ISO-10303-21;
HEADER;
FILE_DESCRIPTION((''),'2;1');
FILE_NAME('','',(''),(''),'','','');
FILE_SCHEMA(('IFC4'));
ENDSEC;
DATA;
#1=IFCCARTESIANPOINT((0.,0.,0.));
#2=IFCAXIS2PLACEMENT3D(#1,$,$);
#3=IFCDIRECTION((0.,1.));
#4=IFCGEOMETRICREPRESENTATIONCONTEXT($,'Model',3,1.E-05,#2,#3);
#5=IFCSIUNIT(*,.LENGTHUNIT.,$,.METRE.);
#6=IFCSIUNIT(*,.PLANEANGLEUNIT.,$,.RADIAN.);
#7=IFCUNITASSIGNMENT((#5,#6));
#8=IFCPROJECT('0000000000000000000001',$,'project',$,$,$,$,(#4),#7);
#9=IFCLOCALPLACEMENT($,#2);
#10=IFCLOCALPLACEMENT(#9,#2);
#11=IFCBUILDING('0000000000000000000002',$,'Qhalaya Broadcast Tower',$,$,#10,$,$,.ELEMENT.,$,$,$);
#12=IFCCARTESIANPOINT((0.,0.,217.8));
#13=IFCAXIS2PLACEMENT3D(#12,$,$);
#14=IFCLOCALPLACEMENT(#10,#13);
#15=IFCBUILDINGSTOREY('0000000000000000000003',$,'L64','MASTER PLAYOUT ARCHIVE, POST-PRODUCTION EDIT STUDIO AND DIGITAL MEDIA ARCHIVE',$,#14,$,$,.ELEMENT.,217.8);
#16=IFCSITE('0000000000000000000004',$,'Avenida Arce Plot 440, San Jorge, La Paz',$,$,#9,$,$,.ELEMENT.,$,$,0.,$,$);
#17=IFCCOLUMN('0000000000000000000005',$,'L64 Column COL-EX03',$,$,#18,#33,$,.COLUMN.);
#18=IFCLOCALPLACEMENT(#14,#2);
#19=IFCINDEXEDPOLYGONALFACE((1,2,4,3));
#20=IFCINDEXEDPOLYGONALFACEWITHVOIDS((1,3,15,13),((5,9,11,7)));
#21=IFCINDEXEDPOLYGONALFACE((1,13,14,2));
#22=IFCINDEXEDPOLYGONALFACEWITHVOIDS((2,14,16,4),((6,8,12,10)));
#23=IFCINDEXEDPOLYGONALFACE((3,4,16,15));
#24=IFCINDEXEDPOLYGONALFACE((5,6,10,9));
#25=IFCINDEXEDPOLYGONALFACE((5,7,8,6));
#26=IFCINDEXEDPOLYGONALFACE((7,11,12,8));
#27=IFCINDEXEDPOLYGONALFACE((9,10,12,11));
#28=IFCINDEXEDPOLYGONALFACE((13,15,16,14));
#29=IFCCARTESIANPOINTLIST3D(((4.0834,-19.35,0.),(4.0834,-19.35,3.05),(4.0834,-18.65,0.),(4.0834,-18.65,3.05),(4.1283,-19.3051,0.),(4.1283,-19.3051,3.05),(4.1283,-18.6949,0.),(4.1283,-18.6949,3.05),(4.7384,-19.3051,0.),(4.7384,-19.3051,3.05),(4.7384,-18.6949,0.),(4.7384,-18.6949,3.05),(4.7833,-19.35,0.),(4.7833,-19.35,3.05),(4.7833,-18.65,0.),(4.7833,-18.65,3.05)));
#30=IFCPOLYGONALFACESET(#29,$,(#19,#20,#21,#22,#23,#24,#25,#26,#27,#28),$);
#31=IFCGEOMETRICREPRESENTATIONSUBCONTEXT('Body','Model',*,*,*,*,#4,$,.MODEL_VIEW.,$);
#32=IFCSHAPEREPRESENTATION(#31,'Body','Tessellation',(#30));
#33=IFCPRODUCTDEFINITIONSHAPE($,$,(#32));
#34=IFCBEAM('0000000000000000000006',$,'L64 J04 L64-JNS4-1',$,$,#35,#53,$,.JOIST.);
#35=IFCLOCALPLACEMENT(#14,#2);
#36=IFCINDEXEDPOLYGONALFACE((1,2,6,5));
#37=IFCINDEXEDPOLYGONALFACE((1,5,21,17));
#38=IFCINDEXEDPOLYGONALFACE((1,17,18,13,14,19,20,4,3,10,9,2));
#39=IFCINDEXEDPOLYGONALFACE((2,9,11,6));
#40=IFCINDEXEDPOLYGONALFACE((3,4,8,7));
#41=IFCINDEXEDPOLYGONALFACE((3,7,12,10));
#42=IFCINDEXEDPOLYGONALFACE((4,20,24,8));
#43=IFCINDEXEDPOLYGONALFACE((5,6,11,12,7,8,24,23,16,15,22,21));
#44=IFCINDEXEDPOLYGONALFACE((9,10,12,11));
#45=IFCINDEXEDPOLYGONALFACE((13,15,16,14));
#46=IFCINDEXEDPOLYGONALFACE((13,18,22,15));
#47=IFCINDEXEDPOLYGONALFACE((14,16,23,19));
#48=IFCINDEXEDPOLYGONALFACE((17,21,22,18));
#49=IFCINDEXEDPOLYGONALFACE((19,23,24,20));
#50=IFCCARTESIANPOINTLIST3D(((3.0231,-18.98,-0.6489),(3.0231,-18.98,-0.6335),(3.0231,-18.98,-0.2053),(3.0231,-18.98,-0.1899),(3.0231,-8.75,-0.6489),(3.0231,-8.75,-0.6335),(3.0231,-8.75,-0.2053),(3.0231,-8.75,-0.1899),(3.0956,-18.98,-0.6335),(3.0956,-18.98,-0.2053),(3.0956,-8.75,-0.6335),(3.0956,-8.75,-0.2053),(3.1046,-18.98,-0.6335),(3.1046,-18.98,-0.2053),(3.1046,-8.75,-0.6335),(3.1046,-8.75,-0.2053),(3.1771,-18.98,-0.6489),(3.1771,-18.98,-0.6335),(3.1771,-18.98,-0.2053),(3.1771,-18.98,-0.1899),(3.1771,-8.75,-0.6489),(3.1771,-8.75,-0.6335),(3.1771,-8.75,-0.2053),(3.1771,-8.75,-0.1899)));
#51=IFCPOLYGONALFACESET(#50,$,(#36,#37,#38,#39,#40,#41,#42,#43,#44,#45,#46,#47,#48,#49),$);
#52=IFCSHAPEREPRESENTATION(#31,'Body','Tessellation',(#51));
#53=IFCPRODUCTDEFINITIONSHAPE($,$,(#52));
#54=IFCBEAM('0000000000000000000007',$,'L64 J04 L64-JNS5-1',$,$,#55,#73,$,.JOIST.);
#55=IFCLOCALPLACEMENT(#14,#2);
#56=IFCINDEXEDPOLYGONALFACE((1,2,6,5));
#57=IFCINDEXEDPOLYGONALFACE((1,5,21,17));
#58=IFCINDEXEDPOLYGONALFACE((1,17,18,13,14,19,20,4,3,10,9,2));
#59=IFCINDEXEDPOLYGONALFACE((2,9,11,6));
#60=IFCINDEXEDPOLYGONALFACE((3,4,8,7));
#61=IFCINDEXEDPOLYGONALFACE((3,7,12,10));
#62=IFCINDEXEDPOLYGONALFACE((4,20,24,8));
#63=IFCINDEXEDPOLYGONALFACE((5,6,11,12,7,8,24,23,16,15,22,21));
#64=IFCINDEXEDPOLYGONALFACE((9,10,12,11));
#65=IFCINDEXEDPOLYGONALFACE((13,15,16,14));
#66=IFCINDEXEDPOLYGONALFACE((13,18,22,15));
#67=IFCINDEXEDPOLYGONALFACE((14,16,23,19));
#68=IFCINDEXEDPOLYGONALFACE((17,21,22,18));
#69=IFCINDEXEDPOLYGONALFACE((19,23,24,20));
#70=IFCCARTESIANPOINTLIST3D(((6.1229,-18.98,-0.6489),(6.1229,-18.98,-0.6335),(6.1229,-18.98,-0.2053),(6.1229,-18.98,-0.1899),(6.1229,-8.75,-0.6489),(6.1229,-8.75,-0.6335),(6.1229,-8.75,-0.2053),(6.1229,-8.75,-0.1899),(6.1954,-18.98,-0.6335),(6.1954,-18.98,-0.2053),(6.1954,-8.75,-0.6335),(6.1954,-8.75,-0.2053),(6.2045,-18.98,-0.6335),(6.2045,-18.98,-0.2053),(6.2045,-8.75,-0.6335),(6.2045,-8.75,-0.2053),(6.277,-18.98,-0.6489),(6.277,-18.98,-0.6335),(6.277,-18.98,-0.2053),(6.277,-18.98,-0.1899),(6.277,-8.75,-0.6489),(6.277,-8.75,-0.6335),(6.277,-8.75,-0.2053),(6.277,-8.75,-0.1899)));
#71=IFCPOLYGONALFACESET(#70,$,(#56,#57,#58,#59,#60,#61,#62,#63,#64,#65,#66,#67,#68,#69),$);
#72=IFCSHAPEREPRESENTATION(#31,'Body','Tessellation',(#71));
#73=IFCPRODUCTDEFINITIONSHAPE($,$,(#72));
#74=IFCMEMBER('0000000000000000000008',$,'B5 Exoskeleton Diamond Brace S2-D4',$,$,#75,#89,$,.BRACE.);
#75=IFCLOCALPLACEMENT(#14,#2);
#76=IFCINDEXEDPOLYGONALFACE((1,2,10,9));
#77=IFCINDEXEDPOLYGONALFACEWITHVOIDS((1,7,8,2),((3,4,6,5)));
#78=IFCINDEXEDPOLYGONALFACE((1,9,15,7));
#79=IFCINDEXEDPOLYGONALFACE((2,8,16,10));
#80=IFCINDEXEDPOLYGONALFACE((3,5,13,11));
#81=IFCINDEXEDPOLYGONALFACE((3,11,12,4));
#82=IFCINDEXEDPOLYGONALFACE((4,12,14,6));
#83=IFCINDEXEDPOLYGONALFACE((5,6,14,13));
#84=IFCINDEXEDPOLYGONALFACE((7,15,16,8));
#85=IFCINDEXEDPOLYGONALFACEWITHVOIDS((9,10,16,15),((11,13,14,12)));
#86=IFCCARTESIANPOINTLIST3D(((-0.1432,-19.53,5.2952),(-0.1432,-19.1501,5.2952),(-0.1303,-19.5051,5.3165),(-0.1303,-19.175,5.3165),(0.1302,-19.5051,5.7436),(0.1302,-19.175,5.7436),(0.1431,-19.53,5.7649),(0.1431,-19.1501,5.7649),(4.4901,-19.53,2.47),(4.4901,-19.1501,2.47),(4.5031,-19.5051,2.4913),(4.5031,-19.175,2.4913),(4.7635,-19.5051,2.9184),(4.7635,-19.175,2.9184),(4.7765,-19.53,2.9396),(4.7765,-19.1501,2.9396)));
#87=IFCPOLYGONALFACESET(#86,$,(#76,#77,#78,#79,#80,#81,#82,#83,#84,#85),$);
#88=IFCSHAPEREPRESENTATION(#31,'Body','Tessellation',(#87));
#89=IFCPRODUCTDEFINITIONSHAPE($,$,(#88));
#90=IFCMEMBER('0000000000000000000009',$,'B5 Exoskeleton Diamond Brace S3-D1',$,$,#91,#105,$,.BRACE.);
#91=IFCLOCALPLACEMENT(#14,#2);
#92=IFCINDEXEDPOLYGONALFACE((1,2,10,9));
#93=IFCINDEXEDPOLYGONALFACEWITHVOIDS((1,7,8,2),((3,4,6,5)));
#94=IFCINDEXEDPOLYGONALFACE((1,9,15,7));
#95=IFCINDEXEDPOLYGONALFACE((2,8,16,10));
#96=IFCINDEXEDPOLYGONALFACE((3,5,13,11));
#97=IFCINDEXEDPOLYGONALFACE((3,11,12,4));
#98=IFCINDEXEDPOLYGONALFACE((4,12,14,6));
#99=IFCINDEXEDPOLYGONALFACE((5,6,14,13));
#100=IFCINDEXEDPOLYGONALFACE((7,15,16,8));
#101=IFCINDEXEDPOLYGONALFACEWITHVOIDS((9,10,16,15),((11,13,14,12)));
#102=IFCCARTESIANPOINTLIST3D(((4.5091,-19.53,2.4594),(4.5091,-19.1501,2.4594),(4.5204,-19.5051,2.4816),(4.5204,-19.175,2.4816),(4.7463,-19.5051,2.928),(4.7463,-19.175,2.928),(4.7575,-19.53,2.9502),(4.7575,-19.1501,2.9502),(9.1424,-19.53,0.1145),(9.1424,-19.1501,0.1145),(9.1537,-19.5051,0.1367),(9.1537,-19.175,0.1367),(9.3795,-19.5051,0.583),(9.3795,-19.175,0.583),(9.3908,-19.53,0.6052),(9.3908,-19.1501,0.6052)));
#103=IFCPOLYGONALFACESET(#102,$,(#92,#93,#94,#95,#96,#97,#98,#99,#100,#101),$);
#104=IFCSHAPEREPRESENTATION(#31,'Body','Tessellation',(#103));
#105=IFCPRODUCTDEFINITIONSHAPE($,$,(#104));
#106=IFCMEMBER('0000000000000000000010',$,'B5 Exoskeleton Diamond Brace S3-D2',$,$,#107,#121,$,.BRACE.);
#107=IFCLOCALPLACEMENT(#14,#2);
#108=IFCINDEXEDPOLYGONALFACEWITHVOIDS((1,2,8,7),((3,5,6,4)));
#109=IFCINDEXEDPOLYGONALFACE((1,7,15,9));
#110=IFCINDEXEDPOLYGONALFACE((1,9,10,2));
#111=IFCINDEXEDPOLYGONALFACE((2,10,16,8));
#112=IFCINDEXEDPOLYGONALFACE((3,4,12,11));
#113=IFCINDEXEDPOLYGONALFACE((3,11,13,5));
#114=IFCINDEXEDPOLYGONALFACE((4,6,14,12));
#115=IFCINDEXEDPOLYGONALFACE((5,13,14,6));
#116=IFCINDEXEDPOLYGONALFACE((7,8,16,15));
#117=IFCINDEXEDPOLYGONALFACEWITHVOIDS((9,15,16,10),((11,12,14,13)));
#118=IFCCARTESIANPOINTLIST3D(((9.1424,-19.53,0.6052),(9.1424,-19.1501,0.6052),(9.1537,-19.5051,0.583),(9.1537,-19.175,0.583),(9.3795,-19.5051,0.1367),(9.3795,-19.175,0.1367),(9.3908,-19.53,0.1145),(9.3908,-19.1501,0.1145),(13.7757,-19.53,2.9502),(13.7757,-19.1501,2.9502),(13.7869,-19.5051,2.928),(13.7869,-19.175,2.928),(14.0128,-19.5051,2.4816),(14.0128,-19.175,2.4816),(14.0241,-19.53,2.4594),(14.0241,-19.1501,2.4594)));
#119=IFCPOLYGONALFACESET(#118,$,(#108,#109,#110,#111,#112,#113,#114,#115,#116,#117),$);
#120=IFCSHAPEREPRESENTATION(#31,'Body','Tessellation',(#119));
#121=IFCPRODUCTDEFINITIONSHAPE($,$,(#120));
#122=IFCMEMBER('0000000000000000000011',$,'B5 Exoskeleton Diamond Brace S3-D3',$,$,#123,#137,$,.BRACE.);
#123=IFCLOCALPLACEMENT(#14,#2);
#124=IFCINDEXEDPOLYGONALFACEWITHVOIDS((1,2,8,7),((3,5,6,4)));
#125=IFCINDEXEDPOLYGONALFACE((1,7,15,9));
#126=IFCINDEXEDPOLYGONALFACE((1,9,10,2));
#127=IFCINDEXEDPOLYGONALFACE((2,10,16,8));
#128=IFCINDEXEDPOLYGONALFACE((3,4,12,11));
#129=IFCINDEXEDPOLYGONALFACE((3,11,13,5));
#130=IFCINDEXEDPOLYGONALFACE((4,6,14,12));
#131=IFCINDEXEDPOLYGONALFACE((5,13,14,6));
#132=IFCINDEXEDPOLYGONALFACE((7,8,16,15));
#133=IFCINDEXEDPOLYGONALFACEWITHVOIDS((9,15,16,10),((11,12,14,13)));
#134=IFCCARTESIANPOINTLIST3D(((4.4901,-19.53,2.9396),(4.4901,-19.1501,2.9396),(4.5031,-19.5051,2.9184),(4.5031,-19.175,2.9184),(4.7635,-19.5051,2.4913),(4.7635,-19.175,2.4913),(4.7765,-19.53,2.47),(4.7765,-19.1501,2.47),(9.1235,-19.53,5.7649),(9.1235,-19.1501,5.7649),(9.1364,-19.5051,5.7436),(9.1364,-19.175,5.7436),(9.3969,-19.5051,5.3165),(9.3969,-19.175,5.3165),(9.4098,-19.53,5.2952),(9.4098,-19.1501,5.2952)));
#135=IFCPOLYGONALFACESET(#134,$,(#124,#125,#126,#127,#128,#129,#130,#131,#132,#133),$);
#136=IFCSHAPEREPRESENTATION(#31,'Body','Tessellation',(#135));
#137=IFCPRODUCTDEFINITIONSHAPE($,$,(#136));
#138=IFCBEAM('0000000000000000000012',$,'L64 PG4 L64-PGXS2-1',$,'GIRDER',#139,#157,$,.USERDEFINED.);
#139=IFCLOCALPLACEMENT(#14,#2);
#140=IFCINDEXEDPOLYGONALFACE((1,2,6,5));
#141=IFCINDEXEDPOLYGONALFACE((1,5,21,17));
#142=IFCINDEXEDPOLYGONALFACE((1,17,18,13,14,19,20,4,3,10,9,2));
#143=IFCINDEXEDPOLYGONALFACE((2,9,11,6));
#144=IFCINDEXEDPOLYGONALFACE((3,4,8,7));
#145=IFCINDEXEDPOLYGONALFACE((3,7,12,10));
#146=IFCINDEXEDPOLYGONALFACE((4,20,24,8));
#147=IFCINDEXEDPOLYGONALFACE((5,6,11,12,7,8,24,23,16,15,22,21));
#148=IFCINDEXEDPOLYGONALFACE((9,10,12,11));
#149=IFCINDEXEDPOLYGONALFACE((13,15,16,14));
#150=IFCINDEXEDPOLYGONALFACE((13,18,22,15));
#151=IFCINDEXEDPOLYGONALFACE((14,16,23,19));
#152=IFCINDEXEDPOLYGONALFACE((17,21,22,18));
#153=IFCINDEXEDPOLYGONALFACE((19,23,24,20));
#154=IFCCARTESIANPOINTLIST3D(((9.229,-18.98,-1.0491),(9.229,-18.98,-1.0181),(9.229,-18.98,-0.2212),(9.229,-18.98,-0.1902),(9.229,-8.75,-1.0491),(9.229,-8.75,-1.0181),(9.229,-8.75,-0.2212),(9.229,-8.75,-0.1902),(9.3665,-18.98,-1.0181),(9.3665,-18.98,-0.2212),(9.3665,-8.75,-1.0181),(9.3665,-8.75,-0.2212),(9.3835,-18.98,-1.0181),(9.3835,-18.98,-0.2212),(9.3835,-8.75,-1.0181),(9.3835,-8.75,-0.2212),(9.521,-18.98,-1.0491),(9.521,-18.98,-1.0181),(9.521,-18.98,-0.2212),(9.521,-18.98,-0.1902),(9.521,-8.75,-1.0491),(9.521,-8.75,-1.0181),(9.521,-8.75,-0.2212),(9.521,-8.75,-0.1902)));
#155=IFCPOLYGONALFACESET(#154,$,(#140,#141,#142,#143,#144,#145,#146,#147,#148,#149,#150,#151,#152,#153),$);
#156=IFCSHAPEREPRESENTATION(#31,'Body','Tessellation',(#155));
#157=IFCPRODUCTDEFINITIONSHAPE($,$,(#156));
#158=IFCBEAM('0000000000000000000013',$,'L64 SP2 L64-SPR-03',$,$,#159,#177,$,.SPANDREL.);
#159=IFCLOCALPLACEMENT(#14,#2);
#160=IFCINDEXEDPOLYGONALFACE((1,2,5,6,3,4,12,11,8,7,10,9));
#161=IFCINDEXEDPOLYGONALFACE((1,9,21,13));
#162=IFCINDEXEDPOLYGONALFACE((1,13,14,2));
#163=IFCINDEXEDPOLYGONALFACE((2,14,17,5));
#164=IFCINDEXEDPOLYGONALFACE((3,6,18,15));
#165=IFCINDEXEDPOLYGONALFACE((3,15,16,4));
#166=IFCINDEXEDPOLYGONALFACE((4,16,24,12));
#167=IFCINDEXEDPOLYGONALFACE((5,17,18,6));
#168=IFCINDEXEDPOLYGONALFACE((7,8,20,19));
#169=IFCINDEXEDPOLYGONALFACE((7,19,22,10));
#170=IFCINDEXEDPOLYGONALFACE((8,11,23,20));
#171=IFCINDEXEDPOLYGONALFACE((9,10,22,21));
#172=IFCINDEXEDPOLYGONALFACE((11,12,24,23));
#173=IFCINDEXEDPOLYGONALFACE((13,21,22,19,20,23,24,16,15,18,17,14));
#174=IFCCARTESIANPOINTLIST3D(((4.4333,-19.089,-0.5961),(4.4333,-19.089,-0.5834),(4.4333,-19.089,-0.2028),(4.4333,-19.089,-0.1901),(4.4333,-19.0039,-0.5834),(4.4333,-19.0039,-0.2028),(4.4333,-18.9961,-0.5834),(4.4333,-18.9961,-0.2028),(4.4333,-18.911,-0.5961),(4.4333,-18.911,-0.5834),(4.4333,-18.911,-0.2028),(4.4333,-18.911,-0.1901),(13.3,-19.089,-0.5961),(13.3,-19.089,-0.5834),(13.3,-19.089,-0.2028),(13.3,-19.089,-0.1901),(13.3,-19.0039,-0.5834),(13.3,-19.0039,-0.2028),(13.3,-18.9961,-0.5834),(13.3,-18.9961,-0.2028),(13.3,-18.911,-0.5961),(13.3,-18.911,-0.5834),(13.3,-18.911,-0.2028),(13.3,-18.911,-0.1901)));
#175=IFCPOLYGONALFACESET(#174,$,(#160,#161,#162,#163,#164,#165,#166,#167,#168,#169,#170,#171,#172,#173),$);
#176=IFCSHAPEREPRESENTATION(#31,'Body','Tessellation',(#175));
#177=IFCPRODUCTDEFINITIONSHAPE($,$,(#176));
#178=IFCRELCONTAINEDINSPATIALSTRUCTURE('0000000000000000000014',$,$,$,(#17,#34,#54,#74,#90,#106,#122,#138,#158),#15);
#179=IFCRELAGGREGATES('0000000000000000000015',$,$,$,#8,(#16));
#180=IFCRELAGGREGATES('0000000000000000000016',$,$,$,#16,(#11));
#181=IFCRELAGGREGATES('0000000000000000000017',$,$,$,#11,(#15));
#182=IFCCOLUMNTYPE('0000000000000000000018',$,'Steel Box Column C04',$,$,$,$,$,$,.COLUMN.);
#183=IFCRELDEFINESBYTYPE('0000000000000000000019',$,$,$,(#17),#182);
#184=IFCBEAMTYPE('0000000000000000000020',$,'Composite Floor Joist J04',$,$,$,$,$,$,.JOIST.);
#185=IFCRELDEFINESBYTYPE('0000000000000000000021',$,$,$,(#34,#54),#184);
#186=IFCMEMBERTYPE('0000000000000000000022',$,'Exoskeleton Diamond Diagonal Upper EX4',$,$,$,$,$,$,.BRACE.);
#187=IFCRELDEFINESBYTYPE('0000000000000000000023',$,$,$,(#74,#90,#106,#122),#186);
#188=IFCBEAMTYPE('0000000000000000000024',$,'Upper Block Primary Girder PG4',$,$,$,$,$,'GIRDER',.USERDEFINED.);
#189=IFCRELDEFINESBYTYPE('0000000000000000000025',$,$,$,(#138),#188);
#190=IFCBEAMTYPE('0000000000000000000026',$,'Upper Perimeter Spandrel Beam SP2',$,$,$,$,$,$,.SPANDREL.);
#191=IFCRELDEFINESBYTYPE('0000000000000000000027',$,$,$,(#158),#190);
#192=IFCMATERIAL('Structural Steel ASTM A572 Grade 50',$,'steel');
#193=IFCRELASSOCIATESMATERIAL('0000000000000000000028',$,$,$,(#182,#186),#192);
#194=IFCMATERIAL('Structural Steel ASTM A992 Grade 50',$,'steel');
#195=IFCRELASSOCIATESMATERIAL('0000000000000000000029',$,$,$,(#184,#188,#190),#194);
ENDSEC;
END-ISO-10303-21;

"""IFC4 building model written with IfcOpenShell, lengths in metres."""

from ifc_helpers import new_model, si_unit, direction, frame, origin, origin_2d, place, context, subcontext, project, spatial, hollow_rectangle, i_section, extrude, material, material_profile, profile_set, type_object, element, save


model = new_model("IFC4")

# Units and contexts
model_context = context("Model", 3, precision=1e-05, world=origin(), true_north=direction((0.0, 1.0)))
body_context = subcontext(model_context, "Body", "Model", "MODEL_VIEW")
ifc_project = project(units=[si_unit("LENGTHUNIT", "METRE"), si_unit("PLANEANGLEUNIT", "RADIAN")], contexts=[model_context])

# Site, building, storey
site_placement = place(None, origin())
site = spatial("IfcSite", under=ifc_project, at=site_placement, Name="Avenida Arce Plot 440, San Jorge, La Paz", CompositionType="ELEMENT", RefElevation=0.0)
building_placement = place(site_placement, origin())
building = spatial("IfcBuilding", under=site, at=building_placement, Name="Qhalaya Broadcast Tower", CompositionType="ELEMENT")
storey_placement = place(building_placement, frame((0.0, 0.0, 217.8)))
storey = spatial("IfcBuildingStorey", under=building, at=storey_placement, Name="L64", Description="MASTER PLAYOUT ARCHIVE, POST-PRODUCTION EDIT STUDIO AND DIGITAL MEDIA ARCHIVE", CompositionType="ELEMENT", Elevation=217.8)

# Column
ifc_material_1 = material(Name="Structural Steel ASTM A572 Grade 50", Category="steel")
ifc_material_profile_1 = material_profile(ifc_material_1, hollow_rectangle(XDim=0.7, YDim=0.7, WallThickness=0.0449, at=origin_2d()), Name="BOX 700x700x45")
ifc_profile_set_1 = profile_set([ifc_material_profile_1], Name="Structural Steel ASTM A572 Grade 50")
column_type = type_object("IfcColumnType", Name="Steel Box Column C04", PredefinedType="COLUMN", material=ifc_profile_set_1)
column_placement = place(storey_placement, frame((4.4333, -19.0, 0.0), z_axis=(0.0, 0.0, 1.0), x_axis=(1.0, 0.0, 0.0)))
element("IfcColumn", 1, at=column_placement, inside=storey, type_object=column_type, Name="L64 Column COL-EX03", PredefinedType="COLUMN", context=body_context, shape_type="SweptSolid", body=[
    extrude(hollow_rectangle(XDim=0.7, YDim=0.7, WallThickness=0.0449, at=origin_2d()), origin(), (0.0, 0.0, 1.0), 3.05),
])

# Beams
ifc_material_2 = material(Name="Structural Steel ASTM A992 Grade 50", Category="steel")
ifc_material_profile_2 = material_profile(ifc_material_2, i_section(OverallWidth=0.1541, OverallDepth=0.459, WebThickness=0.009, FlangeThickness=0.0154, at=origin_2d()), Name="W18X46")
ifc_profile_set_2 = profile_set([ifc_material_profile_2], Name="Structural Steel ASTM A992 Grade 50")
beam_type_1 = type_object("IfcBeamType", Name="Composite Floor Joist J04", PredefinedType="JOIST", material=ifc_profile_set_2)
for number, where, z_axis, x_axis, name in (
    (2, (3.1001, -18.98, -0.4194), (0.0, 1.0, 0.0), (-1.0, 0.0, 0.0), "L64 J04 L64-JNS4-1"),
    (3, (6.2, -18.98, -0.4194), (0.0, 1.0, 0.0), (-1.0, 0.0, 0.0), "L64 J04 L64-JNS5-1"),
):
    element("IfcBeam", number, at=place(storey_placement, frame(where, z_axis=z_axis, x_axis=x_axis)), inside=storey, type_object=beam_type_1, Name=name, PredefinedType="JOIST", context=body_context, shape_type="SweptSolid", body=[
        extrude(i_section(OverallWidth=0.1541, OverallDepth=0.459, WebThickness=0.009, FlangeThickness=0.0154, at=origin_2d()), origin(), (0.0, 0.0, 1.0), 10.23),
    ])

# Members
ifc_material_profile_3 = material_profile(ifc_material_1, hollow_rectangle(XDim=0.3799, YDim=0.55, WallThickness=0.0249, at=origin_2d()), Name="BOX 380x550x25")
ifc_profile_set_3 = profile_set([ifc_material_profile_3], Name="Structural Steel ASTM A572 Grade 50")
member_type = type_object("IfcMemberType", Name="Exoskeleton Diamond Diagonal Upper EX4", PredefinedType="BRACE", material=ifc_profile_set_3)
member_1_placement = place(storey_placement, frame((4.6333, -19.3401, 2.7048), z_axis=(-0.853795, 0.0, 0.520609), x_axis=(0.0, -1.0, 0.0)))
element("IfcMember", 4, at=member_1_placement, inside=storey, type_object=member_type, Name="B5 Exoskeleton Diamond Brace S2-D4", PredefinedType="BRACE", context=body_context, shape_type="SweptSolid", body=[
    extrude(hollow_rectangle(XDim=0.3799, YDim=0.55, WallThickness=0.0249, at=origin_2d()), origin(), (0.0, 0.0, 1.0), 5.4268),
])
for number, where, z_axis, x_axis, name in (
    (5, (9.2666, -19.3401, 0.3599), (-0.892235, 0.0, 0.451571), (0.0, -1.0, 0.0), "B5 Exoskeleton Diamond Brace S3-D1"),
    (6, (9.2666, -19.3401, 0.3599), (0.892235, 0.0, 0.451571), (0.0, 1.0, 0.0), "B5 Exoskeleton Diamond Brace S3-D2"),
):
    element("IfcMember", number, at=place(storey_placement, frame(where, z_axis=z_axis, x_axis=x_axis)), inside=storey, type_object=member_type, Name=name, PredefinedType="BRACE", context=body_context, shape_type="SweptSolid", body=[
        extrude(hollow_rectangle(XDim=0.3799, YDim=0.55, WallThickness=0.0249, at=origin_2d()), origin(), (0.0, 0.0, 1.0), 5.1929),
    ])
member_2_placement = place(storey_placement, frame((4.6333, -19.3401, 2.7048), z_axis=(0.853795, 0.0, 0.520609), x_axis=(0.0, 1.0, 0.0)))
element("IfcMember", 7, at=member_2_placement, inside=storey, type_object=member_type, Name="B5 Exoskeleton Diamond Brace S3-D3", PredefinedType="BRACE", context=body_context, shape_type="SweptSolid", body=[
    extrude(hollow_rectangle(XDim=0.3799, YDim=0.55, WallThickness=0.0249, at=origin_2d()), origin(), (0.0, 0.0, 1.0), 5.4268),
])

# Beams
ifc_material_profile_4 = material_profile(ifc_material_2, i_section(OverallWidth=0.292, OverallDepth=0.8589, WebThickness=0.0171, FlangeThickness=0.031, at=origin_2d()), Name="W33X169")
ifc_profile_set_4 = profile_set([ifc_material_profile_4], Name="Structural Steel ASTM A992 Grade 50")
beam_type_2 = type_object("IfcBeamType", Name="Upper Block Primary Girder PG4", ElementType="GIRDER", PredefinedType="USERDEFINED", material=ifc_profile_set_4)
beam_1_placement = place(storey_placement, frame((9.375, -18.98, -0.6196), z_axis=(0.0, 1.0, 0.0), x_axis=(-1.0, 0.0, 0.0)))
element("IfcBeam", 8, at=beam_1_placement, inside=storey, type_object=beam_type_2, Name="L64 PG4 L64-PGXS2-1", ObjectType="GIRDER", PredefinedType="USERDEFINED", context=body_context, shape_type="SweptSolid", body=[
    extrude(i_section(OverallWidth=0.292, OverallDepth=0.8589, WebThickness=0.0171, FlangeThickness=0.031, at=origin_2d()), origin(), (0.0, 0.0, 1.0), 10.23),
])
ifc_material_profile_5 = material_profile(ifc_material_2, i_section(OverallWidth=0.178, OverallDepth=0.406, WebThickness=0.0078, FlangeThickness=0.0127, at=origin_2d()), Name="W16X40")
ifc_profile_set_5 = profile_set([ifc_material_profile_5], Name="Structural Steel ASTM A992 Grade 50")
beam_type_3 = type_object("IfcBeamType", Name="Upper Perimeter Spandrel Beam SP2", PredefinedType="SPANDREL", material=ifc_profile_set_5)
beam_2_placement = place(storey_placement, frame((4.4333, -19.0, -0.3931), z_axis=(1.0, 0.0, 0.0), x_axis=(0.0, 1.0, 0.0)))
element("IfcBeam", 9, at=beam_2_placement, inside=storey, type_object=beam_type_3, Name="L64 SP2 L64-SPR-03", PredefinedType="SPANDREL", context=body_context, shape_type="SweptSolid", body=[
    extrude(i_section(OverallWidth=0.178, OverallDepth=0.406, WebThickness=0.0078, FlangeThickness=0.0127, at=origin_2d()), origin(), (0.0, 0.0, 1.0), 8.8667),
])

save(model, "model.ifc")
